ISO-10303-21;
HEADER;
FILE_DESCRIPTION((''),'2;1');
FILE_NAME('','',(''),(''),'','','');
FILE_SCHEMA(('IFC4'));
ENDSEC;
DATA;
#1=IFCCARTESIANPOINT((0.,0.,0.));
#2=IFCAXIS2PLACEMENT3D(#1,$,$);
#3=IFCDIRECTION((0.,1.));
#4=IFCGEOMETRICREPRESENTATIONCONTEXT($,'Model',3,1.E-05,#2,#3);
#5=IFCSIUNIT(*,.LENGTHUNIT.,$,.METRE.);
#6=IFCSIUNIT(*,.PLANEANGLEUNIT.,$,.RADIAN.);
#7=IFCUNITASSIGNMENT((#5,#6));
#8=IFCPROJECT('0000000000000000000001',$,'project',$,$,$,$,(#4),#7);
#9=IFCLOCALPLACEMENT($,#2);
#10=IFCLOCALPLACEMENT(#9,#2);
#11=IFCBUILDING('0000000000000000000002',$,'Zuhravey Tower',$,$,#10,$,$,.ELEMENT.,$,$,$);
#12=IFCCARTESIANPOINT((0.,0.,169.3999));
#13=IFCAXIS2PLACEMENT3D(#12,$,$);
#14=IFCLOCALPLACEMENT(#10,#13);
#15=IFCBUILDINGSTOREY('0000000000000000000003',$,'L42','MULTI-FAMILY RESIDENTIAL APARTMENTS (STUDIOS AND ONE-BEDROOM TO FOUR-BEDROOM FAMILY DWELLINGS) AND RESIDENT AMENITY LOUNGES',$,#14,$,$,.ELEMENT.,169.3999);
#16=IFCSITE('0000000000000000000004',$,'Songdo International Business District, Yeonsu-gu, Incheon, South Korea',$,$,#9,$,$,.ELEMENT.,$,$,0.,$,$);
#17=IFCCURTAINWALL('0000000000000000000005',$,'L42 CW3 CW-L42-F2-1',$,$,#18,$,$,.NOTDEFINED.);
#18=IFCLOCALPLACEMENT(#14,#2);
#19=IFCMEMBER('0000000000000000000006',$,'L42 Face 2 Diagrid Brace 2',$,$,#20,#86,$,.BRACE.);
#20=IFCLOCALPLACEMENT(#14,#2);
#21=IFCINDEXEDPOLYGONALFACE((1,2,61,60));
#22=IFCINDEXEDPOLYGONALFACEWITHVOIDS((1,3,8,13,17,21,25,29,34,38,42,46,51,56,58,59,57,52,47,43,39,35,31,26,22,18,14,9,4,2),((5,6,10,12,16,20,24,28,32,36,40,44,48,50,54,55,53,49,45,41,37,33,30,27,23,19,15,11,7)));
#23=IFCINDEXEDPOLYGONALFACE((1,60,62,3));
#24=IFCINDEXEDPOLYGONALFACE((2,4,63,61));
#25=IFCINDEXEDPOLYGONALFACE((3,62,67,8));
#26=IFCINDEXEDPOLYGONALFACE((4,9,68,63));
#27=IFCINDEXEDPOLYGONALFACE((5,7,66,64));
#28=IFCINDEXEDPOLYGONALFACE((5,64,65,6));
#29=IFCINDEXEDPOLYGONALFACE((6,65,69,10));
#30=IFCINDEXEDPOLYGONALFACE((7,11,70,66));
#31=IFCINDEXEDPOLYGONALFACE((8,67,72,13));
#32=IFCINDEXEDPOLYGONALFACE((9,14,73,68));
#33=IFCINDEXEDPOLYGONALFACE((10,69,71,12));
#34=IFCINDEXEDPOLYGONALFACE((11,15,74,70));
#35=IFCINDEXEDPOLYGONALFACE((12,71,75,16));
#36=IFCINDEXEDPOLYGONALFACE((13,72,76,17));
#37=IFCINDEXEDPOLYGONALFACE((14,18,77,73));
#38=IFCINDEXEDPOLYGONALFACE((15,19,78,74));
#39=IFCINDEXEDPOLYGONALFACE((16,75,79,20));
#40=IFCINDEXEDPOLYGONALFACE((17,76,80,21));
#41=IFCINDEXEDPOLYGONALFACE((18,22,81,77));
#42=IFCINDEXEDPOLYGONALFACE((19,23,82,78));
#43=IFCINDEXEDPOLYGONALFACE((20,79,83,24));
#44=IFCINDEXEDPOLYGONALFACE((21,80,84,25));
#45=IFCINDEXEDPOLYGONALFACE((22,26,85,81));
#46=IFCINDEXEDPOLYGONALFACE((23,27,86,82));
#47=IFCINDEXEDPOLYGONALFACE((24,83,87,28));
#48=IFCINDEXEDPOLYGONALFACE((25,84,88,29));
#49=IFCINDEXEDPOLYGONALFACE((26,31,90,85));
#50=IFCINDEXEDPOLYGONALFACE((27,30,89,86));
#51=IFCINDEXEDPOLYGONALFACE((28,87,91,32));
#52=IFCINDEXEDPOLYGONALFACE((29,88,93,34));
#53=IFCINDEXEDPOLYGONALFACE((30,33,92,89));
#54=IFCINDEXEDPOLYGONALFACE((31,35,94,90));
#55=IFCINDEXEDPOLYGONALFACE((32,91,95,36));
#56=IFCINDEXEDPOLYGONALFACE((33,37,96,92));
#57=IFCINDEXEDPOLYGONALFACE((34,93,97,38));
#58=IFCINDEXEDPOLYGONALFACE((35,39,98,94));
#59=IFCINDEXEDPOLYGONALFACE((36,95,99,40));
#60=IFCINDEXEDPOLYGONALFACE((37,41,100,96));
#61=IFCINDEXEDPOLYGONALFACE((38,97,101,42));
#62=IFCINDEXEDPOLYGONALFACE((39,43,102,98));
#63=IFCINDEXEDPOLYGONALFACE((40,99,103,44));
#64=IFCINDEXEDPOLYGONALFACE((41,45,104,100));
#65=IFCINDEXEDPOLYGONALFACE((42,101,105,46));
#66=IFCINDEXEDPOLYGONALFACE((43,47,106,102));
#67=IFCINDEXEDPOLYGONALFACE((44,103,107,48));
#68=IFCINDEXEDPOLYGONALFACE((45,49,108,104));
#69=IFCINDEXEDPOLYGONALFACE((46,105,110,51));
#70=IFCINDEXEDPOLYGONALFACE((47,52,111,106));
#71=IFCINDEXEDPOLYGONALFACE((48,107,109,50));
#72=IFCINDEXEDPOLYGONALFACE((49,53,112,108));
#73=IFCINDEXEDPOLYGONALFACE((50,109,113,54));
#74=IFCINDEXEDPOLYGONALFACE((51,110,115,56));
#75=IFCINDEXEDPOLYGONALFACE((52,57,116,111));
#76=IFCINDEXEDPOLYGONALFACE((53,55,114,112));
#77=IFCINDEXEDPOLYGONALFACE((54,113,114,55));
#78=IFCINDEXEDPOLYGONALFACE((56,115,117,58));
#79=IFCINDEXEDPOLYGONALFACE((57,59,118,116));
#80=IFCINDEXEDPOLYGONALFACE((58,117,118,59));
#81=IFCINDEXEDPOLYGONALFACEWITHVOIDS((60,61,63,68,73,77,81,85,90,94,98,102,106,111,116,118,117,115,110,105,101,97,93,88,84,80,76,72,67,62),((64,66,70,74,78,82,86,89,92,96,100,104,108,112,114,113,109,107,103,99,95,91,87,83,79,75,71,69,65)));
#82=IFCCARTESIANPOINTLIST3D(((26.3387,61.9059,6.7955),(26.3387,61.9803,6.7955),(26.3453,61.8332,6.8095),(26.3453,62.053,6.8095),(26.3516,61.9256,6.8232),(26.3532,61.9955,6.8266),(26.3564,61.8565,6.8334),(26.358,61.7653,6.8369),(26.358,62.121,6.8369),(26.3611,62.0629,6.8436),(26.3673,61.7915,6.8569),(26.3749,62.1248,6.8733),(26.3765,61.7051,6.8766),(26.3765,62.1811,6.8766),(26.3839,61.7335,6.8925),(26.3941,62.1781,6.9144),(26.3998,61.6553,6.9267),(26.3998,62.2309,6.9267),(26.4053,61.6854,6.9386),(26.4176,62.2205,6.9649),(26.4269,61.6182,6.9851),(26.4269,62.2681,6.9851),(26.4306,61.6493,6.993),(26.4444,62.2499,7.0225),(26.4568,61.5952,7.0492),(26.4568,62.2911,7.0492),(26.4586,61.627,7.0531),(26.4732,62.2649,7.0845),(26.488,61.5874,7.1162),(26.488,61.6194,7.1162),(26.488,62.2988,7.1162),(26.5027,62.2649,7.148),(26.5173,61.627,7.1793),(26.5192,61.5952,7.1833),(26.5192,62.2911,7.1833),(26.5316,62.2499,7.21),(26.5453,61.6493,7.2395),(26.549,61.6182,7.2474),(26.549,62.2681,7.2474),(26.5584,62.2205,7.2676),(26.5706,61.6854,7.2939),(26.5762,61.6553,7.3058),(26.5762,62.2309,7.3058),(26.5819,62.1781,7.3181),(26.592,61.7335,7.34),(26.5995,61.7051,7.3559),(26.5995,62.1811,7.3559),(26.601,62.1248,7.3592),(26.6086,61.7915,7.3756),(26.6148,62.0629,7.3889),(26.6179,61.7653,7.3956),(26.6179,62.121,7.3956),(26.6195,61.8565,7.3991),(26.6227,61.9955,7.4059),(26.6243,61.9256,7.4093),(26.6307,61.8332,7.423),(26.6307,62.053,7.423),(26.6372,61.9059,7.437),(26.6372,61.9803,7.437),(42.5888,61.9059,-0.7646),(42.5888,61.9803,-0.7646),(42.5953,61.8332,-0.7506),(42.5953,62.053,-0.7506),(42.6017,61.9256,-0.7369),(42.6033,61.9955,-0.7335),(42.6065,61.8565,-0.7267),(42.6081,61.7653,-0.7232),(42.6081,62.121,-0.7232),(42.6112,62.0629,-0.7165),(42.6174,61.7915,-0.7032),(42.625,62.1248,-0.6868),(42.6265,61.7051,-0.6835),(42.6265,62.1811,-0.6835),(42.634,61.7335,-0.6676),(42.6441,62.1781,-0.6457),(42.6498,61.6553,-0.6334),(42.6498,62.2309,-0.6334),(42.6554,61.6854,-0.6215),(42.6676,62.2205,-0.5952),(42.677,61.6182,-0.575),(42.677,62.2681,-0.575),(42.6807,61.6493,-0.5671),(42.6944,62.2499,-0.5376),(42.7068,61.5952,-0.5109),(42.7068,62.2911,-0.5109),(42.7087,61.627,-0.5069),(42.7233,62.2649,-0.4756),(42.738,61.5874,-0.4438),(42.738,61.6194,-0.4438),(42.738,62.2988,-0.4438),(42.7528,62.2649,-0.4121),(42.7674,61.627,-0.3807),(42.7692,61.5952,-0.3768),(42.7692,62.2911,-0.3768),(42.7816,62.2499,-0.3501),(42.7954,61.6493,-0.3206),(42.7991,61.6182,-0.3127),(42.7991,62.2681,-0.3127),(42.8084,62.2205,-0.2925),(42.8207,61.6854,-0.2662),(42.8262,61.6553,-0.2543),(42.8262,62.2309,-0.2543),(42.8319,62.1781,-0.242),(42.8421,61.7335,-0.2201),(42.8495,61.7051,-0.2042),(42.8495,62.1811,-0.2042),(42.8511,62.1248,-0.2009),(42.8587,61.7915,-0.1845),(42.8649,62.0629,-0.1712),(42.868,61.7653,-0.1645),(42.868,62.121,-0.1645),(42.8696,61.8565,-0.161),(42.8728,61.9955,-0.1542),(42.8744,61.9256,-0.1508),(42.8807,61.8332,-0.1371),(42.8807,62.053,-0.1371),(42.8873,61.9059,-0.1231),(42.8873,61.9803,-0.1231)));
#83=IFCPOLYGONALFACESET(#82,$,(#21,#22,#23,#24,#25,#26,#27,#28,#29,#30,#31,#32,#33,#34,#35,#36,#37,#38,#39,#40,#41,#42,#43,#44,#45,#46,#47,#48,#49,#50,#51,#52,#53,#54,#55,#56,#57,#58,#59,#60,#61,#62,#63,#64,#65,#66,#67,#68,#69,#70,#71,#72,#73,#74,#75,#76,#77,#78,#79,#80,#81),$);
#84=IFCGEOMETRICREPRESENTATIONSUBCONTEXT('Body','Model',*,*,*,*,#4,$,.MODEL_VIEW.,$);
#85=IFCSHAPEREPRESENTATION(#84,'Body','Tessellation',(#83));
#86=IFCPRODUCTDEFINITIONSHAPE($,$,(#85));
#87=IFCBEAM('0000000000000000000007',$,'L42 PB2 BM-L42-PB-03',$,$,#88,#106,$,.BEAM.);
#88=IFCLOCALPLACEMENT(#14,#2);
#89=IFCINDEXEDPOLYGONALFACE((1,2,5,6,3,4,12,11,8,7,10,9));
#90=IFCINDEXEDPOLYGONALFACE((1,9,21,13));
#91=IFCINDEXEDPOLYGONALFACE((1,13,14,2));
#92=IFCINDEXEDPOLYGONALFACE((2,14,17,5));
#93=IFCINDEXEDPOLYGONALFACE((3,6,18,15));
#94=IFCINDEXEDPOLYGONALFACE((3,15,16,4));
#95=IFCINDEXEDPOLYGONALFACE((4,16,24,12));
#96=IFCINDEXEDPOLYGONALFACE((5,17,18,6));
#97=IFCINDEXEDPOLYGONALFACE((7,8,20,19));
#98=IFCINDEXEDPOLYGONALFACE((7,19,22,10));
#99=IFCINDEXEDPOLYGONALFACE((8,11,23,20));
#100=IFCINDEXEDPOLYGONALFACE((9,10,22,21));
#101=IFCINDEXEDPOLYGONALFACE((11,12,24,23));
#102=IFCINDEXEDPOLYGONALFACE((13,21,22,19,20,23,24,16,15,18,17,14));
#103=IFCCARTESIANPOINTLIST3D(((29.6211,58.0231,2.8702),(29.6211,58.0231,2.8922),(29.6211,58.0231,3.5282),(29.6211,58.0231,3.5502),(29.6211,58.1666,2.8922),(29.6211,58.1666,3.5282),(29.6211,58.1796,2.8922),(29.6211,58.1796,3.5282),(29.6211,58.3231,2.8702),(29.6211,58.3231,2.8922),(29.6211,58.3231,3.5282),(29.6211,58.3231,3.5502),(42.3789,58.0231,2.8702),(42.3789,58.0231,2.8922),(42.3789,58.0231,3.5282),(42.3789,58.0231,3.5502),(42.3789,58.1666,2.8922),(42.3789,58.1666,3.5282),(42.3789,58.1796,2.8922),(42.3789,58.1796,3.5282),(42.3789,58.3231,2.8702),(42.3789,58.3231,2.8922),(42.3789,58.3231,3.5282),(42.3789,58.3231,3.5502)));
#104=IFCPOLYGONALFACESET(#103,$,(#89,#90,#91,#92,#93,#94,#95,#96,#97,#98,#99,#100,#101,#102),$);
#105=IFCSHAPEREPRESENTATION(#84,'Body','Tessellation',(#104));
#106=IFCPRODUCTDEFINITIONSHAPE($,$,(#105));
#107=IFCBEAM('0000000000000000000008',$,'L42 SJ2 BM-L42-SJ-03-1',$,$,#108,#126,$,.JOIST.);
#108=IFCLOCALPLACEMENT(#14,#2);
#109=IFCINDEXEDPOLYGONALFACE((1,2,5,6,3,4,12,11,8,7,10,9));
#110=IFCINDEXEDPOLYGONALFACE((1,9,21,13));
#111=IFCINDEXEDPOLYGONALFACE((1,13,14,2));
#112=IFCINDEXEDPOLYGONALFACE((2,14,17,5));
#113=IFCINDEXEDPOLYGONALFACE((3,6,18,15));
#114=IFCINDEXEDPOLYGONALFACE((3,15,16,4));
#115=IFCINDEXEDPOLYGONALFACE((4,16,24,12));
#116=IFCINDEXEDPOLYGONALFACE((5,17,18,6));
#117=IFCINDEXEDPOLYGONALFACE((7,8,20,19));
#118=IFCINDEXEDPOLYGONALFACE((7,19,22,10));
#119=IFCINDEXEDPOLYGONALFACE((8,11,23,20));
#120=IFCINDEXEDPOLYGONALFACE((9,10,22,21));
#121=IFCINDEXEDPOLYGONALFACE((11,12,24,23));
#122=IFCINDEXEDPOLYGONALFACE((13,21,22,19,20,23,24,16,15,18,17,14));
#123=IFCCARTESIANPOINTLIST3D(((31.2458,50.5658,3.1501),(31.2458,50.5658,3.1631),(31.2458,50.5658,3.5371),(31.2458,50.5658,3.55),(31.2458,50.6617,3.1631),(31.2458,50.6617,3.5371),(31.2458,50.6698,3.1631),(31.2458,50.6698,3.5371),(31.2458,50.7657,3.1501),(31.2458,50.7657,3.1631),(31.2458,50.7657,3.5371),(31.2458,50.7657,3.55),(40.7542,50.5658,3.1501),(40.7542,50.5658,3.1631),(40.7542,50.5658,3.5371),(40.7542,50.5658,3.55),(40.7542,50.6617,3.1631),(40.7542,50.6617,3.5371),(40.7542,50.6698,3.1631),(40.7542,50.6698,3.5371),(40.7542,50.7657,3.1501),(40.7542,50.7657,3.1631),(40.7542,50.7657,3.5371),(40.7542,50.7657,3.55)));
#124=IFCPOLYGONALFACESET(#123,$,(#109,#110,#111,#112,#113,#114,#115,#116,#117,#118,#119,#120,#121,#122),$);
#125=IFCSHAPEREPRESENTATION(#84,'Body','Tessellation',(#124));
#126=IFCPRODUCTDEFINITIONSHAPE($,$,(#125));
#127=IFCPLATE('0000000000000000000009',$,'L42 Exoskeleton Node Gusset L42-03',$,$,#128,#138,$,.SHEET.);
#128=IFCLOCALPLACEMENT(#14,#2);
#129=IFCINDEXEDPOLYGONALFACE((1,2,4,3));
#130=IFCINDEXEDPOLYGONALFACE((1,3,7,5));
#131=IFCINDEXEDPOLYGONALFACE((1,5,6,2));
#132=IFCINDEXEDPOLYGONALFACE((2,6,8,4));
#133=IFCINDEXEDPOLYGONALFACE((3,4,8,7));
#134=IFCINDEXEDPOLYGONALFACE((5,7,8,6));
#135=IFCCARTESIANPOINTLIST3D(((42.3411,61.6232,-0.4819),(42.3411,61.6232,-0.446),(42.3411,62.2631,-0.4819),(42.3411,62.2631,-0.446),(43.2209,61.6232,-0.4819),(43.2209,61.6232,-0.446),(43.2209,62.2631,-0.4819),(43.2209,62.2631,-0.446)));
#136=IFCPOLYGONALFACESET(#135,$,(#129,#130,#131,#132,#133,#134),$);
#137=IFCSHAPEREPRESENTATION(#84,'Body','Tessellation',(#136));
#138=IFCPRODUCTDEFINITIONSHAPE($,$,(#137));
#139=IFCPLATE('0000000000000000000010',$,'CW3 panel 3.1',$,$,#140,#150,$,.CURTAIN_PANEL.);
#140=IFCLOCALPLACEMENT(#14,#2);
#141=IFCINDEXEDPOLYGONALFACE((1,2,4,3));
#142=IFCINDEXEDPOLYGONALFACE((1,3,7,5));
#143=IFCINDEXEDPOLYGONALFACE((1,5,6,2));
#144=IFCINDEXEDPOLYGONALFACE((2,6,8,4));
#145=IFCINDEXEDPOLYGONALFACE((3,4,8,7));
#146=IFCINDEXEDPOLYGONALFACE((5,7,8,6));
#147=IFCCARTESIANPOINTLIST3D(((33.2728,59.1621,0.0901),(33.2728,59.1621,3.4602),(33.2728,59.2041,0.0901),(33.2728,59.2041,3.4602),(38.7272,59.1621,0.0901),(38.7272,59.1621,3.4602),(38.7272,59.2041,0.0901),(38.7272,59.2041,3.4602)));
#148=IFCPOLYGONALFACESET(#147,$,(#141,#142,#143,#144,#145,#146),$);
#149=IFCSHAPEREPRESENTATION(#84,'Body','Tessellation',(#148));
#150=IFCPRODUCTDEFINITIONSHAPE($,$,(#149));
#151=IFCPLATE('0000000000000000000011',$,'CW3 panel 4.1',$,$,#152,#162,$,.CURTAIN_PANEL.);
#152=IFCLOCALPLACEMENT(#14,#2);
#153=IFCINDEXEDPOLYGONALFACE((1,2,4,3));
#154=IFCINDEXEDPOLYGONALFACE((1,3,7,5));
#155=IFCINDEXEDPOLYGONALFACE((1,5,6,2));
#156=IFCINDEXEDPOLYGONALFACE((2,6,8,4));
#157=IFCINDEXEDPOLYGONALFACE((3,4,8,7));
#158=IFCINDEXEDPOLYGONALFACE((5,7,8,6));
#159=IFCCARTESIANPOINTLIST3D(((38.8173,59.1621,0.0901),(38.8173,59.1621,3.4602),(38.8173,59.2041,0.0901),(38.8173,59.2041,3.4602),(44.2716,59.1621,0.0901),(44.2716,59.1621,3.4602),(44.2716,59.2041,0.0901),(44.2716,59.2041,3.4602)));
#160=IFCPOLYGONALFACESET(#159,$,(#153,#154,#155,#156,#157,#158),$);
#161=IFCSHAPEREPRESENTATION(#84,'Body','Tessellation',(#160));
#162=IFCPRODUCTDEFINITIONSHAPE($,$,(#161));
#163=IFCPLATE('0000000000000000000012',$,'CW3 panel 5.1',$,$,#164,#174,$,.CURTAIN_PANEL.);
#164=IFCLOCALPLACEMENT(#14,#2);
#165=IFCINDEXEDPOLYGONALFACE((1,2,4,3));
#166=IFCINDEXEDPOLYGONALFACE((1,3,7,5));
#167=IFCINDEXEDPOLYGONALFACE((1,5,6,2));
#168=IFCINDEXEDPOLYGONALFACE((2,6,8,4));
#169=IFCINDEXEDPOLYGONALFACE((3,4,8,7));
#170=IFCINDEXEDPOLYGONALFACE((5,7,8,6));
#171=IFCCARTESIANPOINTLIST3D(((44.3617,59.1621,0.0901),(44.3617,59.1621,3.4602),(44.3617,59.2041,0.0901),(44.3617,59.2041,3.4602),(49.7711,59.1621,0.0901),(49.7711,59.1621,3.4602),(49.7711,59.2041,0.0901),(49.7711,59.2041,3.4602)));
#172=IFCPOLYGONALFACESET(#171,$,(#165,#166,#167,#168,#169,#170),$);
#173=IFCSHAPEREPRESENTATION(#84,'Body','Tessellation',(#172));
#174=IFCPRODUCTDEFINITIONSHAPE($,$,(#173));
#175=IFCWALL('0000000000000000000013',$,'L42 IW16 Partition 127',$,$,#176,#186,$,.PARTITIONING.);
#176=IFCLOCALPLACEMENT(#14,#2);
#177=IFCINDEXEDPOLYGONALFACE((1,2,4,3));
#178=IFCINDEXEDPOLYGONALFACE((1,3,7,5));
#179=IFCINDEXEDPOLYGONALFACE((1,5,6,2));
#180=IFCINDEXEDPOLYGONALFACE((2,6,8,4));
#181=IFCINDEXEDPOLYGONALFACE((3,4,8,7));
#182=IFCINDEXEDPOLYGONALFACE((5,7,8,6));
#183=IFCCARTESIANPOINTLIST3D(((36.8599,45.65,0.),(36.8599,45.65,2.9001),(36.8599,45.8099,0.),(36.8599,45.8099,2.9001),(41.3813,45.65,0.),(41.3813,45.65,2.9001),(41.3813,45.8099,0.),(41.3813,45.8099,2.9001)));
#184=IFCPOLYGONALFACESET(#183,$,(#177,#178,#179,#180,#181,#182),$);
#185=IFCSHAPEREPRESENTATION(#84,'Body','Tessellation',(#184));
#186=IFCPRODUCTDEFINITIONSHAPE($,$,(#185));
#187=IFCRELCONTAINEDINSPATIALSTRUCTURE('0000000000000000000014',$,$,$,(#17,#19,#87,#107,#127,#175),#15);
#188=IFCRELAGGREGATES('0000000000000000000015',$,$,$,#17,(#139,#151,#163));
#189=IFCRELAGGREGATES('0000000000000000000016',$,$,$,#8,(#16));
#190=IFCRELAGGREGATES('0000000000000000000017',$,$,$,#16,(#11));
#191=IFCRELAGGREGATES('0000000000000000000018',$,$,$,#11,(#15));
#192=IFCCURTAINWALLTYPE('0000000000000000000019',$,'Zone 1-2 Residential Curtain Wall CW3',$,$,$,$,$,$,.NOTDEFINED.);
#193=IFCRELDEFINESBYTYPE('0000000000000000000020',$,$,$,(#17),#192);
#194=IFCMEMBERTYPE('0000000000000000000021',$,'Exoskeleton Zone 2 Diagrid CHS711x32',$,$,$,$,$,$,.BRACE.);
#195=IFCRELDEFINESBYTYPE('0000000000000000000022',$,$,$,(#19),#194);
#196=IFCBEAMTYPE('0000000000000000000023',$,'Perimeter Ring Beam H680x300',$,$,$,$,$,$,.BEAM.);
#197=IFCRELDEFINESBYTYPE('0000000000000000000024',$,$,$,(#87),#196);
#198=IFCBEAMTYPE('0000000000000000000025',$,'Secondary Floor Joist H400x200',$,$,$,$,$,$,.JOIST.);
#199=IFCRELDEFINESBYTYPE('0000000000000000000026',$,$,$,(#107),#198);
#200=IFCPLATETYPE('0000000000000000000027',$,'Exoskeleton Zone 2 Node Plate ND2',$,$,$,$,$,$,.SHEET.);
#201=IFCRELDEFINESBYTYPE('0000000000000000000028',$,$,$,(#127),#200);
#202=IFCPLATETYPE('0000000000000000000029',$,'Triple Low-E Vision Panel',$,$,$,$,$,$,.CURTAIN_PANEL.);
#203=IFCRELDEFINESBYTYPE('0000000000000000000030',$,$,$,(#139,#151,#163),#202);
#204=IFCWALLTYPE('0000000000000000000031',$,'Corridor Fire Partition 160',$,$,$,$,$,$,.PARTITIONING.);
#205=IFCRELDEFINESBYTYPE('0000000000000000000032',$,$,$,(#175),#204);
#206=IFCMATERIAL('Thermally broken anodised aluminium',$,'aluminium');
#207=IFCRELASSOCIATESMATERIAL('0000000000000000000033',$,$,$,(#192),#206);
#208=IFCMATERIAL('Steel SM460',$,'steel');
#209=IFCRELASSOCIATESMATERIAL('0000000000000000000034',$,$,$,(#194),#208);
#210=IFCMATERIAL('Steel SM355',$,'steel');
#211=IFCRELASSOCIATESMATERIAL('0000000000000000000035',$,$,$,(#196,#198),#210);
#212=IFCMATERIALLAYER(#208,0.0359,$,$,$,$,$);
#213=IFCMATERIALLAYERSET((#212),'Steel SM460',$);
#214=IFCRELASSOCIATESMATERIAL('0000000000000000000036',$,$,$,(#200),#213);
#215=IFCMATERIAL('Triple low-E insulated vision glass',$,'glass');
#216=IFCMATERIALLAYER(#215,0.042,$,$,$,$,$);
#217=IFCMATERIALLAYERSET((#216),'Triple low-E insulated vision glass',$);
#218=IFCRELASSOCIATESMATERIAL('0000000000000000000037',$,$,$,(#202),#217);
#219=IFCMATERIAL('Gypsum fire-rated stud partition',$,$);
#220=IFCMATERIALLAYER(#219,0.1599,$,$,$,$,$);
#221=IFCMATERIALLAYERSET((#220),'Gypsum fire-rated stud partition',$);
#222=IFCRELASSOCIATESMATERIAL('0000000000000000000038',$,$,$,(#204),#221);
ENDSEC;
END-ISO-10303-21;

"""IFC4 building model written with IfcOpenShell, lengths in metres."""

from ifc_helpers import new_model, si_unit, direction, frame, frame_2d, origin, origin_2d, place, context, subcontext, project, spatial, rectangle, hollow_circle, i_section, extrude, material, layer, layer_set, material_profile, profile_set, type_object, element, aggregate, save


model = new_model("IFC4")

# Units and contexts
model_context = context("Model", 3, precision=1e-05, world=origin(), true_north=direction((0.0, 1.0)))
body_context = subcontext(model_context, "Body", "Model", "MODEL_VIEW")
ifc_project = project(units=[si_unit("LENGTHUNIT", "METRE"), si_unit("PLANEANGLEUNIT", "RADIAN")], contexts=[model_context])

# Site, building, storey
site_placement = place(None, origin())
site = spatial("IfcSite", under=ifc_project, at=site_placement, Name="Songdo International Business District, Yeonsu-gu, Incheon, South Korea", CompositionType="ELEMENT", RefElevation=0.0)
building_placement = place(site_placement, origin())
building = spatial("IfcBuilding", under=site, at=building_placement, Name="Zuhravey Tower", CompositionType="ELEMENT")
storey_placement = place(building_placement, frame((0.0, 0.0, 169.3999)))
storey = spatial("IfcBuildingStorey", under=building, at=storey_placement, Name="L42", Description="MULTI-FAMILY RESIDENTIAL APARTMENTS (STUDIOS AND ONE-BEDROOM TO FOUR-BEDROOM FAMILY DWELLINGS) AND RESIDENT AMENITY LOUNGES", CompositionType="ELEMENT", Elevation=169.3999)

# Curtain wall
ifc_material_1 = material(Name="Thermally broken anodised aluminium", Category="aluminium")
curtain_wall_type = type_object("IfcCurtainWallType", Name="Zone 1-2 Residential Curtain Wall CW3", PredefinedType="NOTDEFINED", material=ifc_material_1)
curtain_wall_placement = place(storey_placement, origin())
curtain_wall = element("IfcCurtainWall", 1, at=curtain_wall_placement, inside=storey, type_object=curtain_wall_type, Name="L42 CW3 CW-L42-F2-1", PredefinedType="NOTDEFINED")

# Member
ifc_material_2 = material(Name="Steel SM355", Category="steel")
ifc_material_3 = material(Name="Steel SM460", Category="steel")
ifc_material_profile_1 = material_profile(ifc_material_3, hollow_circle(Radius=0.3557, WallThickness=0.032, at=origin_2d()), Name="CHS-711.2x32")
ifc_profile_set_1 = profile_set([ifc_material_profile_1], Name="Steel SM460")
member_type_1 = type_object("IfcMemberType", Name="Exoskeleton Zone 2 Diagrid CHS711x32", PredefinedType="BRACE", material=ifc_profile_set_1)
member_1_placement = place(storey_placement, frame((42.738, 61.9431, -0.4438), z_axis=(-0.90668, 0.0, 0.421819), x_axis=(0.0, -1.0, 0.0)))
element("IfcMember", 2, at=member_1_placement, inside=storey, type_object=member_type_1, Name="L42 Face 2 Diagrid Brace 2", PredefinedType="BRACE", context=body_context, shape_type="SweptSolid", body=[
    extrude(hollow_circle(Radius=0.3557, WallThickness=0.032, at=origin_2d()), origin(), (0.0, 0.0, 1.0), 17.9226),
])

# Beams
ifc_material_profile_2 = material_profile(ifc_material_2, i_section(OverallWidth=0.3, OverallDepth=0.6799, WebThickness=0.0129, FlangeThickness=0.022, at=origin_2d()), Name="H-680x300x13x22")
ifc_profile_set_2 = profile_set([ifc_material_profile_2], Name="Steel SM355")
beam_type_1 = type_object("IfcBeamType", Name="Perimeter Ring Beam H680x300", PredefinedType="BEAM", material=ifc_profile_set_2)
beam_1_placement = place(storey_placement, frame((42.3789, 58.1731, 3.2102), z_axis=(-1.0, 0.0, 0.0), x_axis=(0.0, -1.0, 0.0)))
element("IfcBeam", 3, at=beam_1_placement, inside=storey, type_object=beam_type_1, Name="L42 PB2 BM-L42-PB-03", PredefinedType="BEAM", context=body_context, shape_type="SweptSolid", body=[
    extrude(i_section(OverallWidth=0.3, OverallDepth=0.6799, WebThickness=0.0129, FlangeThickness=0.022, at=origin_2d()), origin(), (0.0, 0.0, 1.0), 12.7578),
])
ifc_material_profile_3 = material_profile(ifc_material_2, i_section(OverallWidth=0.2, OverallDepth=0.3999, WebThickness=0.0081, FlangeThickness=0.0129, at=origin_2d()), Name="H-400x200x8x13")
ifc_profile_set_3 = profile_set([ifc_material_profile_3], Name="Steel SM355")
beam_type_2 = type_object("IfcBeamType", Name="Secondary Floor Joist H400x200", PredefinedType="JOIST", material=ifc_profile_set_3)
beam_2_placement = place(storey_placement, frame((40.7542, 50.6658, 3.3501), z_axis=(-1.0, 0.0, 0.0), x_axis=(0.0, -1.0, 0.0)))
element("IfcBeam", 4, at=beam_2_placement, inside=storey, type_object=beam_type_2, Name="L42 SJ2 BM-L42-SJ-03-1", PredefinedType="JOIST", context=body_context, shape_type="SweptSolid", body=[
    extrude(i_section(OverallWidth=0.2, OverallDepth=0.3999, WebThickness=0.0081, FlangeThickness=0.0129, at=origin_2d()), origin(), (0.0, 0.0, 1.0), 9.5083),
])

# Plates
ifc_layer_1 = layer(ifc_material_3, 0.0359)
ifc_layer_set_1 = layer_set([ifc_layer_1], Name="Steel SM460")
plate_type_1 = type_object("IfcPlateType", Name="Exoskeleton Zone 2 Node Plate ND2", PredefinedType="SHEET", material=ifc_layer_set_1)
plate_1_placement = place(storey_placement, frame((42.781, 61.9431, -0.4819), z_axis=(0.0, 0.0, 1.0), x_axis=(-1.0, 0.0, 0.0)))
element("IfcPlate", 5, at=plate_1_placement, inside=storey, type_object=plate_type_1, Name="L42 Exoskeleton Node Gusset L42-03", PredefinedType="SHEET", context=body_context, shape_type="SweptSolid", body=[
    extrude(rectangle(XDim=0.8799, YDim=0.6399, at=origin_2d()), origin(), (0.0, 0.0, 1.0), 0.0359),
])
ifc_material_4 = material(Name="Triple low-E insulated vision glass", Category="glass")
ifc_layer_2 = layer(ifc_material_4, 0.042)
ifc_layer_set_2 = layer_set([ifc_layer_2], Name="Triple low-E insulated vision glass")
plate_type_2 = type_object("IfcPlateType", Name="Triple Low-E Vision Panel", PredefinedType="CURTAIN_PANEL", material=ifc_layer_set_2)
plate_2_placement = place(storey_placement, frame((36.0, 59.1831, 0.0901), z_axis=(0.0, 0.0, 1.0), x_axis=(1.0, 0.0, 0.0)))
plate_2 = element("IfcPlate", 6, at=plate_2_placement, type_object=plate_type_2, Name="CW3 panel 3.1", PredefinedType="CURTAIN_PANEL", context=body_context, shape_type="SweptSolid", body=[
    extrude(rectangle(XDim=5.4543, YDim=0.042, at=origin_2d()), origin(), (0.0, 0.0, 1.0), 3.3701),
])
plate_3_placement = place(storey_placement, frame((41.5444, 59.1831, 0.0901), z_axis=(0.0, 0.0, 1.0), x_axis=(1.0, 0.0, 0.0)))
plate_3 = element("IfcPlate", 7, at=plate_3_placement, type_object=plate_type_2, Name="CW3 panel 4.1", PredefinedType="CURTAIN_PANEL", context=body_context, shape_type="SweptSolid", body=[
    extrude(rectangle(XDim=5.4543, YDim=0.042, at=origin_2d()), origin(), (0.0, 0.0, 1.0), 3.3701),
])
plate_4_placement = place(storey_placement, frame((47.0664, 59.1831, 0.0901), z_axis=(0.0, 0.0, 1.0), x_axis=(1.0, 0.0, 0.0)))
plate_4 = element("IfcPlate", 8, at=plate_4_placement, type_object=plate_type_2, Name="CW3 panel 5.1", PredefinedType="CURTAIN_PANEL", context=body_context, shape_type="SweptSolid", body=[
    extrude(rectangle(XDim=5.4094, YDim=0.042, at=origin_2d()), origin(), (0.0, 0.0, 1.0), 3.3701),
])
aggregate(curtain_wall, [plate_2, plate_3, plate_4])

# Shared definitions
ifc_material_5 = material(Name="Gypsum fire-rated stud partition")
ifc_layer_3 = layer(ifc_material_5, 0.1599)
ifc_layer_set_3 = layer_set([ifc_layer_3], Name="Gypsum fire-rated stud partition")
wall_type_1 = type_object("IfcWallType", Name="Corridor Fire Partition 160", PredefinedType="PARTITIONING", material=ifc_layer_set_3)

# Wall
wall_1_placement = place(storey_placement, frame((41.3813, 45.73, 0.0), z_axis=(0.0, 0.0, 1.0), x_axis=(-1.0, 0.0, 0.0)))
element("IfcWall", 9, at=wall_1_placement, inside=storey, type_object=wall_type_1, Name="L42 IW16 Partition 127", PredefinedType="PARTITIONING", context=body_context, shape_type="SweptSolid", body=[
    extrude(rectangle(XDim=4.5215, YDim=0.1599, at=frame_2d((2.2607, 0.0))), origin(), (0.0, 0.0, 1.0), 2.9001),
])

save(model, "model.ifc")
